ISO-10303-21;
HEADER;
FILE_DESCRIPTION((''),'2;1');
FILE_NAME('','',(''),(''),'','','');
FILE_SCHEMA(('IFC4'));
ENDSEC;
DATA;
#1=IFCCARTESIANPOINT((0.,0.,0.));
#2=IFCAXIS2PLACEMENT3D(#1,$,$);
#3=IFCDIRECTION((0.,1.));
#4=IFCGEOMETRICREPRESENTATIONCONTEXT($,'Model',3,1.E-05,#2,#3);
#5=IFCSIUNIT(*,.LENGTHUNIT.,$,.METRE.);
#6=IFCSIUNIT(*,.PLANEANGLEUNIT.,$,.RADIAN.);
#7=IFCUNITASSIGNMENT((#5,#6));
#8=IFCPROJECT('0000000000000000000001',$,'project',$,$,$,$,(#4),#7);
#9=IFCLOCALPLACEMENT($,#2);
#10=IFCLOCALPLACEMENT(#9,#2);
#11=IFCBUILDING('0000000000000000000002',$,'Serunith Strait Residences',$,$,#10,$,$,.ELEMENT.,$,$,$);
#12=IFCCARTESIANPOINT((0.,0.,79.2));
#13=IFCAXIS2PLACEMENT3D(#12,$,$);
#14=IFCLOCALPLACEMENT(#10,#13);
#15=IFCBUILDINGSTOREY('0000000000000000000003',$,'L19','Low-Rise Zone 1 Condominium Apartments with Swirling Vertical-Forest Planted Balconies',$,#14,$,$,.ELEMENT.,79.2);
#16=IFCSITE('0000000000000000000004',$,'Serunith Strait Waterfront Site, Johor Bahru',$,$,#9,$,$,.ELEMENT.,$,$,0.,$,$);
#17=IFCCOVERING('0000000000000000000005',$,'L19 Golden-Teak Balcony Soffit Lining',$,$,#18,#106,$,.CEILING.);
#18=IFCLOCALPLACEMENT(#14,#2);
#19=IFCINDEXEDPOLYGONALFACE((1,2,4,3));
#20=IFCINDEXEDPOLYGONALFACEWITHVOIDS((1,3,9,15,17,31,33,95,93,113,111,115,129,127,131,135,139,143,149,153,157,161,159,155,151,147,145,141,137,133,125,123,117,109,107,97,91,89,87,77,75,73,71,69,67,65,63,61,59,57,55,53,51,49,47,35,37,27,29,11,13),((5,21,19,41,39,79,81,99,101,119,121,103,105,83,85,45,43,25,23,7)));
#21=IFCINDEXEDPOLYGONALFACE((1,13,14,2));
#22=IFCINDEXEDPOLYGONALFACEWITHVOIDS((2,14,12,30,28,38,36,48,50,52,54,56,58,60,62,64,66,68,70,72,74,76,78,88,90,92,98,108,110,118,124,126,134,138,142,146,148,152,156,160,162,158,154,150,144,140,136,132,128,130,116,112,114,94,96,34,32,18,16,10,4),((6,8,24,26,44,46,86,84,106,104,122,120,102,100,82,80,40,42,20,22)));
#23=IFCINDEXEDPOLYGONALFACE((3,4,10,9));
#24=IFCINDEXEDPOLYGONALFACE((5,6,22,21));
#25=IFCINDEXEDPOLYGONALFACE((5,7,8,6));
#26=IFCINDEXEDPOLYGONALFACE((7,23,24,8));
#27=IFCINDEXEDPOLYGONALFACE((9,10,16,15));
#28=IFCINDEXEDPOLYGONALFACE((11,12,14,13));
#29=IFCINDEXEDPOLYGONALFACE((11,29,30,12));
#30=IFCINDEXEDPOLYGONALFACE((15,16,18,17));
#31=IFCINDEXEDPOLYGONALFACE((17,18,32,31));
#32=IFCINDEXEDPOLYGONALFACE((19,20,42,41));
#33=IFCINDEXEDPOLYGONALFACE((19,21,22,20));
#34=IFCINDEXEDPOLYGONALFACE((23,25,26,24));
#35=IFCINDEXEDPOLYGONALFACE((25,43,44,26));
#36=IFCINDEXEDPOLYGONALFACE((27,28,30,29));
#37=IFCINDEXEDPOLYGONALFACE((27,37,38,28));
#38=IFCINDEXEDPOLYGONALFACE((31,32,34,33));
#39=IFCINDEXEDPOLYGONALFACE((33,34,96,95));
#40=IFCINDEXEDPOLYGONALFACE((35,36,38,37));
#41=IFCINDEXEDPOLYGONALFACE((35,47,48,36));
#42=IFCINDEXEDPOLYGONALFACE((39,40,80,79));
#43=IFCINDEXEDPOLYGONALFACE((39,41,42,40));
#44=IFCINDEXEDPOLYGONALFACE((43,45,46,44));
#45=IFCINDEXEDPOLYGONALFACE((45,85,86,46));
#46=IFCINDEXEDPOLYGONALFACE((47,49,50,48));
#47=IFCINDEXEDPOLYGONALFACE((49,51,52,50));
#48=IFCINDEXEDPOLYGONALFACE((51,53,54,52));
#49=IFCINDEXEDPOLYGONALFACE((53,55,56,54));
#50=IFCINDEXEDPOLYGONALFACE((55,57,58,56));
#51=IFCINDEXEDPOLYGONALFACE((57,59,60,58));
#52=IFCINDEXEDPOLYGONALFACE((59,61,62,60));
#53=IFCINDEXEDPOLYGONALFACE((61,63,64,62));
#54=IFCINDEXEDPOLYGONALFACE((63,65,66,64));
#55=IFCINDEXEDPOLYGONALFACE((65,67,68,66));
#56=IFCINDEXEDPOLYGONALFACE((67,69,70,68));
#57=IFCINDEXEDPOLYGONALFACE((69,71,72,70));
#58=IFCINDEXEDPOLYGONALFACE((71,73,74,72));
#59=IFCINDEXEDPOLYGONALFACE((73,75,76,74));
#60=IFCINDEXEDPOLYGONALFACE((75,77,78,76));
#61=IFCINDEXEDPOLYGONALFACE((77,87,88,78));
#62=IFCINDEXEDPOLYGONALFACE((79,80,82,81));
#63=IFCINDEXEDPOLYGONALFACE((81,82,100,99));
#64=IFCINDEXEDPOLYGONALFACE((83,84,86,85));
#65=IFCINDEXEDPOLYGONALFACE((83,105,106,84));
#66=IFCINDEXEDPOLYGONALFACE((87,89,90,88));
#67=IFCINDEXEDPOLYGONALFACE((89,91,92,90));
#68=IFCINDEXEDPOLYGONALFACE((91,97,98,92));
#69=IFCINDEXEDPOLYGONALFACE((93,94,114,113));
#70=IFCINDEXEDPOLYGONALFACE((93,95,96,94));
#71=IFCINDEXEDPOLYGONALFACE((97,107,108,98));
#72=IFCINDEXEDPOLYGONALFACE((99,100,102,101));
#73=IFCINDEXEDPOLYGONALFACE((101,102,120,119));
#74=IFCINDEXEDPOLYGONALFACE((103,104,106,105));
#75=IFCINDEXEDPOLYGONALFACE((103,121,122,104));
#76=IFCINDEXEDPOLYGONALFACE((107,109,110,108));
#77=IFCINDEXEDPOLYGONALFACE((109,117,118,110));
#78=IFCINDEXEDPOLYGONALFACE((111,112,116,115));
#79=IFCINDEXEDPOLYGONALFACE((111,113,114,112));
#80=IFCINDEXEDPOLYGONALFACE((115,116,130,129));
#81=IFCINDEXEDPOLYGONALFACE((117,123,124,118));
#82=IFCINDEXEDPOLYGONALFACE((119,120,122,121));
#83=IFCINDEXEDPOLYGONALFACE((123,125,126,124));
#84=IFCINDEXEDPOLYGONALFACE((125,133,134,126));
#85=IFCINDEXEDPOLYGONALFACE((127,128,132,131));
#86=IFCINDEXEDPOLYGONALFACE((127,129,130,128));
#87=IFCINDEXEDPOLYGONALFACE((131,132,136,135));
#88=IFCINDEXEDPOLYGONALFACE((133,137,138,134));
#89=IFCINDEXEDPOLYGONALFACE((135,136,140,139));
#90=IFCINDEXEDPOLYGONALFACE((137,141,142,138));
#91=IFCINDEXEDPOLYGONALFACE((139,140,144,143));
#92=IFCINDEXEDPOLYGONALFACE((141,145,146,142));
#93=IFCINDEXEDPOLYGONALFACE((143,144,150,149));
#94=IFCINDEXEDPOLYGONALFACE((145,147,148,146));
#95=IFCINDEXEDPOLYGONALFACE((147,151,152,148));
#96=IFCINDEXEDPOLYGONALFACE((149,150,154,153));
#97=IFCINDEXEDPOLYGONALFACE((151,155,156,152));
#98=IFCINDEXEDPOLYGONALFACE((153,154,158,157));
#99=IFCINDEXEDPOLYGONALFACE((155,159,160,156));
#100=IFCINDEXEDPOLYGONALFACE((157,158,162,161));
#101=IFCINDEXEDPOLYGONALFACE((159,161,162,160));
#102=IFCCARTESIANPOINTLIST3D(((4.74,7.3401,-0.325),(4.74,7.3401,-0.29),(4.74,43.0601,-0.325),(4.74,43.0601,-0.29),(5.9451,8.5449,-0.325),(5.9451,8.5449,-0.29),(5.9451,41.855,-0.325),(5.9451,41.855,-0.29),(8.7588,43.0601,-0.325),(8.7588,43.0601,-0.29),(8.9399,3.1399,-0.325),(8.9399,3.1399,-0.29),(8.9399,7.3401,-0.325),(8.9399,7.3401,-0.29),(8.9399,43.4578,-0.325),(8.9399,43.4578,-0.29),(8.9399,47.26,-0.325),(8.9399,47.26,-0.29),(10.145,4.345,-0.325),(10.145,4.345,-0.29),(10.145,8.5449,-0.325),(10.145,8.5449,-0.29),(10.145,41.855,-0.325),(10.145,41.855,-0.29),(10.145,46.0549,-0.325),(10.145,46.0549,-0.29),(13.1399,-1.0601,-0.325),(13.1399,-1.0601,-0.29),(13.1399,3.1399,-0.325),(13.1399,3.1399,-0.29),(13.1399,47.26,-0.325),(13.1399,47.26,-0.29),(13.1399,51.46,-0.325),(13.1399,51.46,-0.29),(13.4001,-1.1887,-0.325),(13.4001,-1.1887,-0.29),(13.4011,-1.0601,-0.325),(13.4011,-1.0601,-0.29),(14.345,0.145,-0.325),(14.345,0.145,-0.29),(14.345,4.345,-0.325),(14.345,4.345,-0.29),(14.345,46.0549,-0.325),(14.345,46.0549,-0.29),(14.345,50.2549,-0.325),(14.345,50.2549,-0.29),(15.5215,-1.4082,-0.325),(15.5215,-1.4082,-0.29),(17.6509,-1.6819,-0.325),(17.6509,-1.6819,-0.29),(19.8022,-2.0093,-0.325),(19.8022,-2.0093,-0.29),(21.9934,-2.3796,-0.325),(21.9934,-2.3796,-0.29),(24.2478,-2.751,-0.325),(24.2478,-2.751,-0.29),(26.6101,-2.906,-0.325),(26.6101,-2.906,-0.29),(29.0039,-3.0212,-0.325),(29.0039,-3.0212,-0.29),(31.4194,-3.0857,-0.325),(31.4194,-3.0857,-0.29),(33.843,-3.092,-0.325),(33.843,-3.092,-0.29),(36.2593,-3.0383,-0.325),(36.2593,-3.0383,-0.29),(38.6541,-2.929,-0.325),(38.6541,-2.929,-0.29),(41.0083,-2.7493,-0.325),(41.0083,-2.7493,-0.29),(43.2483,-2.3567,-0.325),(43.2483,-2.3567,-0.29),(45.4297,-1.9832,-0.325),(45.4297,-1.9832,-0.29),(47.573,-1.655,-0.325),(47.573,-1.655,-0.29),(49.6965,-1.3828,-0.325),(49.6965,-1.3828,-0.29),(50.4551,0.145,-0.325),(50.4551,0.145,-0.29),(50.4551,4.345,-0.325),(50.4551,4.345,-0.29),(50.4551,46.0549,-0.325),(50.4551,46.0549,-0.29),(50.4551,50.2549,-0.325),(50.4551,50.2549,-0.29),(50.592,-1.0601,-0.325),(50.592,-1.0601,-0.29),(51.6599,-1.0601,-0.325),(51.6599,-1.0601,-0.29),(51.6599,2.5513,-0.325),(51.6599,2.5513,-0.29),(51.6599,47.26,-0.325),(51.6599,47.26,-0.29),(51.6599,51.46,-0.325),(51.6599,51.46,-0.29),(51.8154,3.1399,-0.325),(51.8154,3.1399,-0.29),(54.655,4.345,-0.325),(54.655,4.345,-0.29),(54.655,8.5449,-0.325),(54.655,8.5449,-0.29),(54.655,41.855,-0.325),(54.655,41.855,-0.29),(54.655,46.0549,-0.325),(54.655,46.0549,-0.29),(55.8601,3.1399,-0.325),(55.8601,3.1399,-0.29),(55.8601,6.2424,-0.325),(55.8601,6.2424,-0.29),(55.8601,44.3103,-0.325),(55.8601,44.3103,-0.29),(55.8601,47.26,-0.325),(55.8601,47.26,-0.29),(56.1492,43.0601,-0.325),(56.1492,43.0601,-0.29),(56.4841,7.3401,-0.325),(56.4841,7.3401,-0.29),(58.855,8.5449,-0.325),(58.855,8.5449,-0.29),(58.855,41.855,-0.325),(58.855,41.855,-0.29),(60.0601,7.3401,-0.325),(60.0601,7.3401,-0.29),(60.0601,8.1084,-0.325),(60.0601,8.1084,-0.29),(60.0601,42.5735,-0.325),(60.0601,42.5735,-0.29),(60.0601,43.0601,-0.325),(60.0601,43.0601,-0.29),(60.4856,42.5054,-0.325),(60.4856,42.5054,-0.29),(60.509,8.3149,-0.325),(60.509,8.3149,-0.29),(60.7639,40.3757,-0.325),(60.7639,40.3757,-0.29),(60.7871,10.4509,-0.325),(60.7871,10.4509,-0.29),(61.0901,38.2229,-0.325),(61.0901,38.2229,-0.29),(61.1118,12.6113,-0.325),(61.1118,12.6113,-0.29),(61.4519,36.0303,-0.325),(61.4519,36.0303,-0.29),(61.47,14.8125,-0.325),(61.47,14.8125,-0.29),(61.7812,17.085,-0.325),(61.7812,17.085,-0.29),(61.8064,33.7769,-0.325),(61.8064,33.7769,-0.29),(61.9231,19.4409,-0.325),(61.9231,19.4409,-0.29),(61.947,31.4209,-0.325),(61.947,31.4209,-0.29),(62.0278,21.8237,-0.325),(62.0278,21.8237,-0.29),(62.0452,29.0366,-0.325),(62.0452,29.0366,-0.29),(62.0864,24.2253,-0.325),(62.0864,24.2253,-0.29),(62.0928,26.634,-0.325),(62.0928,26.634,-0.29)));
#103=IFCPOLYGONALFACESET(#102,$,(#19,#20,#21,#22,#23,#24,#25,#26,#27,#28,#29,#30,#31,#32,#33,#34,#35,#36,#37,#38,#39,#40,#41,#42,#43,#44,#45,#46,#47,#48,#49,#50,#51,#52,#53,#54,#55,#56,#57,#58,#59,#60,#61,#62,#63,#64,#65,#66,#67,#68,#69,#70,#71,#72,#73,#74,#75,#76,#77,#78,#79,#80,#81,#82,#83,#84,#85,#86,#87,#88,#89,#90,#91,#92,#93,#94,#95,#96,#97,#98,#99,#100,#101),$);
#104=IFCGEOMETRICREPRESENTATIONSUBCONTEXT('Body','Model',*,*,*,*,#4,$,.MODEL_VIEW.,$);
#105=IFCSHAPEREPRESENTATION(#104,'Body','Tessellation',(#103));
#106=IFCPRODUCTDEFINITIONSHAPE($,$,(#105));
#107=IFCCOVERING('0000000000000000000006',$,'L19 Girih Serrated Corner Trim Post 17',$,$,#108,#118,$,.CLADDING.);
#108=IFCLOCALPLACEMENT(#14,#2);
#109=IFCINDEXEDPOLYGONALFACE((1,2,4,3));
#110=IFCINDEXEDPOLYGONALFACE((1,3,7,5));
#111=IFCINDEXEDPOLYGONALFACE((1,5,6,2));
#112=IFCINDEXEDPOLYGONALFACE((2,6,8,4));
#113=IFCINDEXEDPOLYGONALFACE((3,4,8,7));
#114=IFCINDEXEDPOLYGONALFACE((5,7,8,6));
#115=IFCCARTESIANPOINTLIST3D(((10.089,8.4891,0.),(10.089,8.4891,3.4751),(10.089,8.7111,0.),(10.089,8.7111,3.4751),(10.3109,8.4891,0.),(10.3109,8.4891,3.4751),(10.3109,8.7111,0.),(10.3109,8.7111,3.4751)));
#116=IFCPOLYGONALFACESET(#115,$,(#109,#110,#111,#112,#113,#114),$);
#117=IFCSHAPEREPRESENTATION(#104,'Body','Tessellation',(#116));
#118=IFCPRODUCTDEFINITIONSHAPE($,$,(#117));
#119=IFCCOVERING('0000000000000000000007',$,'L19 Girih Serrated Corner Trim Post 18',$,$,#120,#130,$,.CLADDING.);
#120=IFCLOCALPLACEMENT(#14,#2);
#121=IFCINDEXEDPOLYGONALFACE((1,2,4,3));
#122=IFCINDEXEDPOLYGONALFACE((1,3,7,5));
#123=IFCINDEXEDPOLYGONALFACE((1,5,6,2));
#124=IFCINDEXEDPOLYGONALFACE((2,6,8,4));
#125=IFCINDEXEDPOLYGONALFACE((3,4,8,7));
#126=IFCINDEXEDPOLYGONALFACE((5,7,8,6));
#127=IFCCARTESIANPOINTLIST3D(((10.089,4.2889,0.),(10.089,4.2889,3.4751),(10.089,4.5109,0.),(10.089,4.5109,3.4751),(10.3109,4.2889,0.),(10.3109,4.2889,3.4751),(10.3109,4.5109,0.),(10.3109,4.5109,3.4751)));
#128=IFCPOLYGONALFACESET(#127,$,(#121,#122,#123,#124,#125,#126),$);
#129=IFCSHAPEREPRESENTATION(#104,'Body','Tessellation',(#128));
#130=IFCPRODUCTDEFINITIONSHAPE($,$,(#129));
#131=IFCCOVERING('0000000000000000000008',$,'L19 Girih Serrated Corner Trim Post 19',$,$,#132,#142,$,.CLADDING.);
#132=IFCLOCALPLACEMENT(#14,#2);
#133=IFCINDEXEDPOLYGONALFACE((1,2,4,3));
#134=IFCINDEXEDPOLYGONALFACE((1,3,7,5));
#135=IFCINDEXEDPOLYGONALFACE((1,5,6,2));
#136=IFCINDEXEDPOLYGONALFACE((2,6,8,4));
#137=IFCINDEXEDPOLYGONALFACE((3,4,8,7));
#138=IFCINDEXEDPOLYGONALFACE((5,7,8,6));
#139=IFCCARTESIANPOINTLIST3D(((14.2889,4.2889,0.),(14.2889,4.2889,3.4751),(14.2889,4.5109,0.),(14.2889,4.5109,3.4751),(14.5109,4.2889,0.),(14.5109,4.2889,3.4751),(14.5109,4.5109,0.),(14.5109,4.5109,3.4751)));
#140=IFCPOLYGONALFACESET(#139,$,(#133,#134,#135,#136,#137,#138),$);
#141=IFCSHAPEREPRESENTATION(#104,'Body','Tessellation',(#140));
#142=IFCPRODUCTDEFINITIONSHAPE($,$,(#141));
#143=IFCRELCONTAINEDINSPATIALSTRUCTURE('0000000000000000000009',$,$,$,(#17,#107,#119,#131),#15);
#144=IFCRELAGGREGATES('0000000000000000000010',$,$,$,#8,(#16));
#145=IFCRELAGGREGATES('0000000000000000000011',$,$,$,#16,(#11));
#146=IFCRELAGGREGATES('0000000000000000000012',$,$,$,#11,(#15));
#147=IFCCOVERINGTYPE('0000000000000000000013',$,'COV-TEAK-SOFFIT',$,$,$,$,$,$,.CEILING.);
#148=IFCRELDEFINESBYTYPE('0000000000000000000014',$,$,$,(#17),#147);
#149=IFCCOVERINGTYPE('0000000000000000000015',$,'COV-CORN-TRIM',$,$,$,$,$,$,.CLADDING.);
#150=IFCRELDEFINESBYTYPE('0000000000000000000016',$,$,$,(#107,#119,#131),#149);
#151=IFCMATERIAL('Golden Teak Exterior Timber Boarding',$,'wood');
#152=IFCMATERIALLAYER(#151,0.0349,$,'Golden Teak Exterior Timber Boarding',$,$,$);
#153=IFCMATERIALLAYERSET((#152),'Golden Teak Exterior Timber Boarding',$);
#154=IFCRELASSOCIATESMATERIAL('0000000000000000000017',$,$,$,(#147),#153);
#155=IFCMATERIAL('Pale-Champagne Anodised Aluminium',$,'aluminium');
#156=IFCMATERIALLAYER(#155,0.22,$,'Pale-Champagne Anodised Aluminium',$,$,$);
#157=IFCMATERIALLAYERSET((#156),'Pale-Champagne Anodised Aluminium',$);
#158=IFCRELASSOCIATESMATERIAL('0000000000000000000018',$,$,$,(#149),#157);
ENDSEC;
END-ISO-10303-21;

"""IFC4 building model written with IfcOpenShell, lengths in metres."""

from ifc_helpers import new_model, si_unit, direction, frame, origin, origin_2d, place, context, subcontext, project, spatial, polyline, rectangle, outline, extrude, source, transform, mapped, material, layer, layer_set, type_object, element, save


model = new_model("IFC4")

# Units and contexts
model_context = context("Model", 3, precision=1e-05, world=origin(), true_north=direction((0.0, 1.0)))
body_context = subcontext(model_context, "Body", "Model", "MODEL_VIEW")
ifc_project = project(units=[si_unit("LENGTHUNIT", "METRE"), si_unit("PLANEANGLEUNIT", "RADIAN")], contexts=[model_context])

# Site, building, storey
site_placement = place(None, origin())
site = spatial("IfcSite", under=ifc_project, at=site_placement, Name="Serunith Strait Waterfront Site, Johor Bahru", CompositionType="ELEMENT", RefElevation=0.0)
building_placement = place(site_placement, origin())
building = spatial("IfcBuilding", under=site, at=building_placement, Name="Serunith Strait Residences", CompositionType="ELEMENT")
storey_placement = place(building_placement, frame((0.0, 0.0, 79.2)))
storey = spatial("IfcBuildingStorey", under=building, at=storey_placement, Name="L19", Description="Low-Rise Zone 1 Condominium Apartments with Swirling Vertical-Forest Planted Balconies", CompositionType="ELEMENT", Elevation=79.2)

# Shared definitions
ifc_material_1 = material(Name="Pale-Champagne Anodised Aluminium", Category="aluminium")

# Covering
ifc_material_2 = material(Name="Golden Teak Exterior Timber Boarding", Category="wood")
ifc_layer_1 = layer(ifc_material_2, 0.0349, Name="Golden Teak Exterior Timber Boarding")
ifc_layer_set_1 = layer_set([ifc_layer_1], Name="Golden Teak Exterior Timber Boarding")
covering_type_1 = type_object("IfcCoveringType", Name="COV-TEAK-SOFFIT", PredefinedType="CEILING", material=ifc_layer_set_1)
covering_placement = place(storey_placement, frame((0.0, 0.0, -0.325)))
element("IfcCovering", 1, at=covering_placement, inside=storey, type_object=covering_type_1, Name="L19 Golden-Teak Balcony Soffit Lining", PredefinedType="CEILING", context=body_context, shape_type="SweptSolid", body=[
    extrude(outline(polyline([(13.1399, 3.1399), (8.9399, 3.1399), (8.9399, 7.3401), (4.74, 7.3401), (4.74, 43.0601), (8.7588, 43.0601), (8.9399, 43.4578), (8.9399, 47.26), (13.1399, 47.26), (13.1399, 51.46), (51.6599, 51.46), (51.6599, 47.26), (55.8601, 47.26), (55.8601, 44.3103), (56.1492, 43.0601), (60.0601, 43.0601), (60.0601, 42.5735), (60.4856, 42.5054), (60.7639, 40.3757), (61.0901, 38.2229), (61.4519, 36.0303), (61.8064, 33.7769), (61.947, 31.4209), (62.0452, 29.0366), (62.0928, 26.634), (62.0864, 24.2253), (62.0278, 21.8237), (61.9231, 19.4409), (61.7812, 17.085), (61.47, 14.8125), (61.1118, 12.6113), (60.7871, 10.4509), (60.509, 8.3149), (60.0601, 8.1084), (60.0601, 7.3401), (56.4841, 7.3401), (55.8601, 6.2424), (55.8601, 3.1399), (51.8154, 3.1399), (51.6599, 2.5513), (51.6599, -1.0601), (50.592, -1.0601), (49.6965, -1.3828), (47.573, -1.655), (45.4297, -1.9832), (43.2483, -2.3567), (41.0083, -2.7493), (38.6541, -2.929), (36.2593, -3.0383), (33.843, -3.092), (31.4194, -3.0857), (29.0039, -3.0212), (26.6101, -2.906), (24.2478, -2.751), (21.9934, -2.3796), (19.8022, -2.0093), (17.6509, -1.6819), (15.5215, -1.4082), (13.4001, -1.1887), (13.4011, -1.0601), (13.1399, -1.0601), (13.1399, 3.1399)]), holes=[polyline([(50.4551, 0.145), (50.4551, 4.345), (54.655, 4.345), (54.655, 8.5449), (58.855, 8.5449), (58.855, 41.855), (54.655, 41.855), (54.655, 46.0549), (50.4551, 46.0549), (50.4551, 50.2549), (14.345, 50.2549), (14.345, 46.0549), (10.145, 46.0549), (10.145, 41.855), (5.9451, 41.855), (5.9451, 8.5449), (10.145, 8.5449), (10.145, 4.345), (14.345, 4.345), (14.345, 0.145), (50.4551, 0.145)])]), origin(), (0.0, 0.0, 1.0), 0.0349),
])

# Coverings
ifc_layer_2 = layer(ifc_material_1, 0.22, Name="Pale-Champagne Anodised Aluminium")
ifc_layer_set_2 = layer_set([ifc_layer_2], Name="Pale-Champagne Anodised Aluminium")
covering_type_2 = type_object("IfcCoveringType", Name="COV-CORN-TRIM", PredefinedType="CLADDING", material=ifc_layer_set_2)
shared_shape_1 = source(origin(), body_context, "Body", "SweptSolid", [
    extrude(rectangle(XDim=0.2219, YDim=0.2219, at=origin_2d()), origin(), (0.0, 0.0, 1.0), 3.4751),
])
for number, where, z_axis, x_axis, name in (
    (2, (10.2, 8.6001, 0.0), (0.0, 0.0, 1.0), (1.0, 0.0, 0.0), "L19 Girih Serrated Corner Trim Post 17"),
    (3, (10.2, 4.3999, 0.0), (0.0, 0.0, 1.0), (1.0, 0.0, 0.0), "L19 Girih Serrated Corner Trim Post 18"),
    (4, (14.3999, 4.3999, 0.0), (0.0, 0.0, 1.0), (1.0, 0.0, 0.0), "L19 Girih Serrated Corner Trim Post 19"),
):
    element("IfcCovering", number, at=place(storey_placement, frame(where, z_axis=z_axis, x_axis=x_axis)), inside=storey, type_object=covering_type_2, Name=name, PredefinedType="CLADDING", context=body_context, shape_type="MappedRepresentation", body=[
        mapped(shared_shape_1, transform((0.0, 0.0, 0.0), scale=1.0)),
    ])

save(model, "model.ifc")
